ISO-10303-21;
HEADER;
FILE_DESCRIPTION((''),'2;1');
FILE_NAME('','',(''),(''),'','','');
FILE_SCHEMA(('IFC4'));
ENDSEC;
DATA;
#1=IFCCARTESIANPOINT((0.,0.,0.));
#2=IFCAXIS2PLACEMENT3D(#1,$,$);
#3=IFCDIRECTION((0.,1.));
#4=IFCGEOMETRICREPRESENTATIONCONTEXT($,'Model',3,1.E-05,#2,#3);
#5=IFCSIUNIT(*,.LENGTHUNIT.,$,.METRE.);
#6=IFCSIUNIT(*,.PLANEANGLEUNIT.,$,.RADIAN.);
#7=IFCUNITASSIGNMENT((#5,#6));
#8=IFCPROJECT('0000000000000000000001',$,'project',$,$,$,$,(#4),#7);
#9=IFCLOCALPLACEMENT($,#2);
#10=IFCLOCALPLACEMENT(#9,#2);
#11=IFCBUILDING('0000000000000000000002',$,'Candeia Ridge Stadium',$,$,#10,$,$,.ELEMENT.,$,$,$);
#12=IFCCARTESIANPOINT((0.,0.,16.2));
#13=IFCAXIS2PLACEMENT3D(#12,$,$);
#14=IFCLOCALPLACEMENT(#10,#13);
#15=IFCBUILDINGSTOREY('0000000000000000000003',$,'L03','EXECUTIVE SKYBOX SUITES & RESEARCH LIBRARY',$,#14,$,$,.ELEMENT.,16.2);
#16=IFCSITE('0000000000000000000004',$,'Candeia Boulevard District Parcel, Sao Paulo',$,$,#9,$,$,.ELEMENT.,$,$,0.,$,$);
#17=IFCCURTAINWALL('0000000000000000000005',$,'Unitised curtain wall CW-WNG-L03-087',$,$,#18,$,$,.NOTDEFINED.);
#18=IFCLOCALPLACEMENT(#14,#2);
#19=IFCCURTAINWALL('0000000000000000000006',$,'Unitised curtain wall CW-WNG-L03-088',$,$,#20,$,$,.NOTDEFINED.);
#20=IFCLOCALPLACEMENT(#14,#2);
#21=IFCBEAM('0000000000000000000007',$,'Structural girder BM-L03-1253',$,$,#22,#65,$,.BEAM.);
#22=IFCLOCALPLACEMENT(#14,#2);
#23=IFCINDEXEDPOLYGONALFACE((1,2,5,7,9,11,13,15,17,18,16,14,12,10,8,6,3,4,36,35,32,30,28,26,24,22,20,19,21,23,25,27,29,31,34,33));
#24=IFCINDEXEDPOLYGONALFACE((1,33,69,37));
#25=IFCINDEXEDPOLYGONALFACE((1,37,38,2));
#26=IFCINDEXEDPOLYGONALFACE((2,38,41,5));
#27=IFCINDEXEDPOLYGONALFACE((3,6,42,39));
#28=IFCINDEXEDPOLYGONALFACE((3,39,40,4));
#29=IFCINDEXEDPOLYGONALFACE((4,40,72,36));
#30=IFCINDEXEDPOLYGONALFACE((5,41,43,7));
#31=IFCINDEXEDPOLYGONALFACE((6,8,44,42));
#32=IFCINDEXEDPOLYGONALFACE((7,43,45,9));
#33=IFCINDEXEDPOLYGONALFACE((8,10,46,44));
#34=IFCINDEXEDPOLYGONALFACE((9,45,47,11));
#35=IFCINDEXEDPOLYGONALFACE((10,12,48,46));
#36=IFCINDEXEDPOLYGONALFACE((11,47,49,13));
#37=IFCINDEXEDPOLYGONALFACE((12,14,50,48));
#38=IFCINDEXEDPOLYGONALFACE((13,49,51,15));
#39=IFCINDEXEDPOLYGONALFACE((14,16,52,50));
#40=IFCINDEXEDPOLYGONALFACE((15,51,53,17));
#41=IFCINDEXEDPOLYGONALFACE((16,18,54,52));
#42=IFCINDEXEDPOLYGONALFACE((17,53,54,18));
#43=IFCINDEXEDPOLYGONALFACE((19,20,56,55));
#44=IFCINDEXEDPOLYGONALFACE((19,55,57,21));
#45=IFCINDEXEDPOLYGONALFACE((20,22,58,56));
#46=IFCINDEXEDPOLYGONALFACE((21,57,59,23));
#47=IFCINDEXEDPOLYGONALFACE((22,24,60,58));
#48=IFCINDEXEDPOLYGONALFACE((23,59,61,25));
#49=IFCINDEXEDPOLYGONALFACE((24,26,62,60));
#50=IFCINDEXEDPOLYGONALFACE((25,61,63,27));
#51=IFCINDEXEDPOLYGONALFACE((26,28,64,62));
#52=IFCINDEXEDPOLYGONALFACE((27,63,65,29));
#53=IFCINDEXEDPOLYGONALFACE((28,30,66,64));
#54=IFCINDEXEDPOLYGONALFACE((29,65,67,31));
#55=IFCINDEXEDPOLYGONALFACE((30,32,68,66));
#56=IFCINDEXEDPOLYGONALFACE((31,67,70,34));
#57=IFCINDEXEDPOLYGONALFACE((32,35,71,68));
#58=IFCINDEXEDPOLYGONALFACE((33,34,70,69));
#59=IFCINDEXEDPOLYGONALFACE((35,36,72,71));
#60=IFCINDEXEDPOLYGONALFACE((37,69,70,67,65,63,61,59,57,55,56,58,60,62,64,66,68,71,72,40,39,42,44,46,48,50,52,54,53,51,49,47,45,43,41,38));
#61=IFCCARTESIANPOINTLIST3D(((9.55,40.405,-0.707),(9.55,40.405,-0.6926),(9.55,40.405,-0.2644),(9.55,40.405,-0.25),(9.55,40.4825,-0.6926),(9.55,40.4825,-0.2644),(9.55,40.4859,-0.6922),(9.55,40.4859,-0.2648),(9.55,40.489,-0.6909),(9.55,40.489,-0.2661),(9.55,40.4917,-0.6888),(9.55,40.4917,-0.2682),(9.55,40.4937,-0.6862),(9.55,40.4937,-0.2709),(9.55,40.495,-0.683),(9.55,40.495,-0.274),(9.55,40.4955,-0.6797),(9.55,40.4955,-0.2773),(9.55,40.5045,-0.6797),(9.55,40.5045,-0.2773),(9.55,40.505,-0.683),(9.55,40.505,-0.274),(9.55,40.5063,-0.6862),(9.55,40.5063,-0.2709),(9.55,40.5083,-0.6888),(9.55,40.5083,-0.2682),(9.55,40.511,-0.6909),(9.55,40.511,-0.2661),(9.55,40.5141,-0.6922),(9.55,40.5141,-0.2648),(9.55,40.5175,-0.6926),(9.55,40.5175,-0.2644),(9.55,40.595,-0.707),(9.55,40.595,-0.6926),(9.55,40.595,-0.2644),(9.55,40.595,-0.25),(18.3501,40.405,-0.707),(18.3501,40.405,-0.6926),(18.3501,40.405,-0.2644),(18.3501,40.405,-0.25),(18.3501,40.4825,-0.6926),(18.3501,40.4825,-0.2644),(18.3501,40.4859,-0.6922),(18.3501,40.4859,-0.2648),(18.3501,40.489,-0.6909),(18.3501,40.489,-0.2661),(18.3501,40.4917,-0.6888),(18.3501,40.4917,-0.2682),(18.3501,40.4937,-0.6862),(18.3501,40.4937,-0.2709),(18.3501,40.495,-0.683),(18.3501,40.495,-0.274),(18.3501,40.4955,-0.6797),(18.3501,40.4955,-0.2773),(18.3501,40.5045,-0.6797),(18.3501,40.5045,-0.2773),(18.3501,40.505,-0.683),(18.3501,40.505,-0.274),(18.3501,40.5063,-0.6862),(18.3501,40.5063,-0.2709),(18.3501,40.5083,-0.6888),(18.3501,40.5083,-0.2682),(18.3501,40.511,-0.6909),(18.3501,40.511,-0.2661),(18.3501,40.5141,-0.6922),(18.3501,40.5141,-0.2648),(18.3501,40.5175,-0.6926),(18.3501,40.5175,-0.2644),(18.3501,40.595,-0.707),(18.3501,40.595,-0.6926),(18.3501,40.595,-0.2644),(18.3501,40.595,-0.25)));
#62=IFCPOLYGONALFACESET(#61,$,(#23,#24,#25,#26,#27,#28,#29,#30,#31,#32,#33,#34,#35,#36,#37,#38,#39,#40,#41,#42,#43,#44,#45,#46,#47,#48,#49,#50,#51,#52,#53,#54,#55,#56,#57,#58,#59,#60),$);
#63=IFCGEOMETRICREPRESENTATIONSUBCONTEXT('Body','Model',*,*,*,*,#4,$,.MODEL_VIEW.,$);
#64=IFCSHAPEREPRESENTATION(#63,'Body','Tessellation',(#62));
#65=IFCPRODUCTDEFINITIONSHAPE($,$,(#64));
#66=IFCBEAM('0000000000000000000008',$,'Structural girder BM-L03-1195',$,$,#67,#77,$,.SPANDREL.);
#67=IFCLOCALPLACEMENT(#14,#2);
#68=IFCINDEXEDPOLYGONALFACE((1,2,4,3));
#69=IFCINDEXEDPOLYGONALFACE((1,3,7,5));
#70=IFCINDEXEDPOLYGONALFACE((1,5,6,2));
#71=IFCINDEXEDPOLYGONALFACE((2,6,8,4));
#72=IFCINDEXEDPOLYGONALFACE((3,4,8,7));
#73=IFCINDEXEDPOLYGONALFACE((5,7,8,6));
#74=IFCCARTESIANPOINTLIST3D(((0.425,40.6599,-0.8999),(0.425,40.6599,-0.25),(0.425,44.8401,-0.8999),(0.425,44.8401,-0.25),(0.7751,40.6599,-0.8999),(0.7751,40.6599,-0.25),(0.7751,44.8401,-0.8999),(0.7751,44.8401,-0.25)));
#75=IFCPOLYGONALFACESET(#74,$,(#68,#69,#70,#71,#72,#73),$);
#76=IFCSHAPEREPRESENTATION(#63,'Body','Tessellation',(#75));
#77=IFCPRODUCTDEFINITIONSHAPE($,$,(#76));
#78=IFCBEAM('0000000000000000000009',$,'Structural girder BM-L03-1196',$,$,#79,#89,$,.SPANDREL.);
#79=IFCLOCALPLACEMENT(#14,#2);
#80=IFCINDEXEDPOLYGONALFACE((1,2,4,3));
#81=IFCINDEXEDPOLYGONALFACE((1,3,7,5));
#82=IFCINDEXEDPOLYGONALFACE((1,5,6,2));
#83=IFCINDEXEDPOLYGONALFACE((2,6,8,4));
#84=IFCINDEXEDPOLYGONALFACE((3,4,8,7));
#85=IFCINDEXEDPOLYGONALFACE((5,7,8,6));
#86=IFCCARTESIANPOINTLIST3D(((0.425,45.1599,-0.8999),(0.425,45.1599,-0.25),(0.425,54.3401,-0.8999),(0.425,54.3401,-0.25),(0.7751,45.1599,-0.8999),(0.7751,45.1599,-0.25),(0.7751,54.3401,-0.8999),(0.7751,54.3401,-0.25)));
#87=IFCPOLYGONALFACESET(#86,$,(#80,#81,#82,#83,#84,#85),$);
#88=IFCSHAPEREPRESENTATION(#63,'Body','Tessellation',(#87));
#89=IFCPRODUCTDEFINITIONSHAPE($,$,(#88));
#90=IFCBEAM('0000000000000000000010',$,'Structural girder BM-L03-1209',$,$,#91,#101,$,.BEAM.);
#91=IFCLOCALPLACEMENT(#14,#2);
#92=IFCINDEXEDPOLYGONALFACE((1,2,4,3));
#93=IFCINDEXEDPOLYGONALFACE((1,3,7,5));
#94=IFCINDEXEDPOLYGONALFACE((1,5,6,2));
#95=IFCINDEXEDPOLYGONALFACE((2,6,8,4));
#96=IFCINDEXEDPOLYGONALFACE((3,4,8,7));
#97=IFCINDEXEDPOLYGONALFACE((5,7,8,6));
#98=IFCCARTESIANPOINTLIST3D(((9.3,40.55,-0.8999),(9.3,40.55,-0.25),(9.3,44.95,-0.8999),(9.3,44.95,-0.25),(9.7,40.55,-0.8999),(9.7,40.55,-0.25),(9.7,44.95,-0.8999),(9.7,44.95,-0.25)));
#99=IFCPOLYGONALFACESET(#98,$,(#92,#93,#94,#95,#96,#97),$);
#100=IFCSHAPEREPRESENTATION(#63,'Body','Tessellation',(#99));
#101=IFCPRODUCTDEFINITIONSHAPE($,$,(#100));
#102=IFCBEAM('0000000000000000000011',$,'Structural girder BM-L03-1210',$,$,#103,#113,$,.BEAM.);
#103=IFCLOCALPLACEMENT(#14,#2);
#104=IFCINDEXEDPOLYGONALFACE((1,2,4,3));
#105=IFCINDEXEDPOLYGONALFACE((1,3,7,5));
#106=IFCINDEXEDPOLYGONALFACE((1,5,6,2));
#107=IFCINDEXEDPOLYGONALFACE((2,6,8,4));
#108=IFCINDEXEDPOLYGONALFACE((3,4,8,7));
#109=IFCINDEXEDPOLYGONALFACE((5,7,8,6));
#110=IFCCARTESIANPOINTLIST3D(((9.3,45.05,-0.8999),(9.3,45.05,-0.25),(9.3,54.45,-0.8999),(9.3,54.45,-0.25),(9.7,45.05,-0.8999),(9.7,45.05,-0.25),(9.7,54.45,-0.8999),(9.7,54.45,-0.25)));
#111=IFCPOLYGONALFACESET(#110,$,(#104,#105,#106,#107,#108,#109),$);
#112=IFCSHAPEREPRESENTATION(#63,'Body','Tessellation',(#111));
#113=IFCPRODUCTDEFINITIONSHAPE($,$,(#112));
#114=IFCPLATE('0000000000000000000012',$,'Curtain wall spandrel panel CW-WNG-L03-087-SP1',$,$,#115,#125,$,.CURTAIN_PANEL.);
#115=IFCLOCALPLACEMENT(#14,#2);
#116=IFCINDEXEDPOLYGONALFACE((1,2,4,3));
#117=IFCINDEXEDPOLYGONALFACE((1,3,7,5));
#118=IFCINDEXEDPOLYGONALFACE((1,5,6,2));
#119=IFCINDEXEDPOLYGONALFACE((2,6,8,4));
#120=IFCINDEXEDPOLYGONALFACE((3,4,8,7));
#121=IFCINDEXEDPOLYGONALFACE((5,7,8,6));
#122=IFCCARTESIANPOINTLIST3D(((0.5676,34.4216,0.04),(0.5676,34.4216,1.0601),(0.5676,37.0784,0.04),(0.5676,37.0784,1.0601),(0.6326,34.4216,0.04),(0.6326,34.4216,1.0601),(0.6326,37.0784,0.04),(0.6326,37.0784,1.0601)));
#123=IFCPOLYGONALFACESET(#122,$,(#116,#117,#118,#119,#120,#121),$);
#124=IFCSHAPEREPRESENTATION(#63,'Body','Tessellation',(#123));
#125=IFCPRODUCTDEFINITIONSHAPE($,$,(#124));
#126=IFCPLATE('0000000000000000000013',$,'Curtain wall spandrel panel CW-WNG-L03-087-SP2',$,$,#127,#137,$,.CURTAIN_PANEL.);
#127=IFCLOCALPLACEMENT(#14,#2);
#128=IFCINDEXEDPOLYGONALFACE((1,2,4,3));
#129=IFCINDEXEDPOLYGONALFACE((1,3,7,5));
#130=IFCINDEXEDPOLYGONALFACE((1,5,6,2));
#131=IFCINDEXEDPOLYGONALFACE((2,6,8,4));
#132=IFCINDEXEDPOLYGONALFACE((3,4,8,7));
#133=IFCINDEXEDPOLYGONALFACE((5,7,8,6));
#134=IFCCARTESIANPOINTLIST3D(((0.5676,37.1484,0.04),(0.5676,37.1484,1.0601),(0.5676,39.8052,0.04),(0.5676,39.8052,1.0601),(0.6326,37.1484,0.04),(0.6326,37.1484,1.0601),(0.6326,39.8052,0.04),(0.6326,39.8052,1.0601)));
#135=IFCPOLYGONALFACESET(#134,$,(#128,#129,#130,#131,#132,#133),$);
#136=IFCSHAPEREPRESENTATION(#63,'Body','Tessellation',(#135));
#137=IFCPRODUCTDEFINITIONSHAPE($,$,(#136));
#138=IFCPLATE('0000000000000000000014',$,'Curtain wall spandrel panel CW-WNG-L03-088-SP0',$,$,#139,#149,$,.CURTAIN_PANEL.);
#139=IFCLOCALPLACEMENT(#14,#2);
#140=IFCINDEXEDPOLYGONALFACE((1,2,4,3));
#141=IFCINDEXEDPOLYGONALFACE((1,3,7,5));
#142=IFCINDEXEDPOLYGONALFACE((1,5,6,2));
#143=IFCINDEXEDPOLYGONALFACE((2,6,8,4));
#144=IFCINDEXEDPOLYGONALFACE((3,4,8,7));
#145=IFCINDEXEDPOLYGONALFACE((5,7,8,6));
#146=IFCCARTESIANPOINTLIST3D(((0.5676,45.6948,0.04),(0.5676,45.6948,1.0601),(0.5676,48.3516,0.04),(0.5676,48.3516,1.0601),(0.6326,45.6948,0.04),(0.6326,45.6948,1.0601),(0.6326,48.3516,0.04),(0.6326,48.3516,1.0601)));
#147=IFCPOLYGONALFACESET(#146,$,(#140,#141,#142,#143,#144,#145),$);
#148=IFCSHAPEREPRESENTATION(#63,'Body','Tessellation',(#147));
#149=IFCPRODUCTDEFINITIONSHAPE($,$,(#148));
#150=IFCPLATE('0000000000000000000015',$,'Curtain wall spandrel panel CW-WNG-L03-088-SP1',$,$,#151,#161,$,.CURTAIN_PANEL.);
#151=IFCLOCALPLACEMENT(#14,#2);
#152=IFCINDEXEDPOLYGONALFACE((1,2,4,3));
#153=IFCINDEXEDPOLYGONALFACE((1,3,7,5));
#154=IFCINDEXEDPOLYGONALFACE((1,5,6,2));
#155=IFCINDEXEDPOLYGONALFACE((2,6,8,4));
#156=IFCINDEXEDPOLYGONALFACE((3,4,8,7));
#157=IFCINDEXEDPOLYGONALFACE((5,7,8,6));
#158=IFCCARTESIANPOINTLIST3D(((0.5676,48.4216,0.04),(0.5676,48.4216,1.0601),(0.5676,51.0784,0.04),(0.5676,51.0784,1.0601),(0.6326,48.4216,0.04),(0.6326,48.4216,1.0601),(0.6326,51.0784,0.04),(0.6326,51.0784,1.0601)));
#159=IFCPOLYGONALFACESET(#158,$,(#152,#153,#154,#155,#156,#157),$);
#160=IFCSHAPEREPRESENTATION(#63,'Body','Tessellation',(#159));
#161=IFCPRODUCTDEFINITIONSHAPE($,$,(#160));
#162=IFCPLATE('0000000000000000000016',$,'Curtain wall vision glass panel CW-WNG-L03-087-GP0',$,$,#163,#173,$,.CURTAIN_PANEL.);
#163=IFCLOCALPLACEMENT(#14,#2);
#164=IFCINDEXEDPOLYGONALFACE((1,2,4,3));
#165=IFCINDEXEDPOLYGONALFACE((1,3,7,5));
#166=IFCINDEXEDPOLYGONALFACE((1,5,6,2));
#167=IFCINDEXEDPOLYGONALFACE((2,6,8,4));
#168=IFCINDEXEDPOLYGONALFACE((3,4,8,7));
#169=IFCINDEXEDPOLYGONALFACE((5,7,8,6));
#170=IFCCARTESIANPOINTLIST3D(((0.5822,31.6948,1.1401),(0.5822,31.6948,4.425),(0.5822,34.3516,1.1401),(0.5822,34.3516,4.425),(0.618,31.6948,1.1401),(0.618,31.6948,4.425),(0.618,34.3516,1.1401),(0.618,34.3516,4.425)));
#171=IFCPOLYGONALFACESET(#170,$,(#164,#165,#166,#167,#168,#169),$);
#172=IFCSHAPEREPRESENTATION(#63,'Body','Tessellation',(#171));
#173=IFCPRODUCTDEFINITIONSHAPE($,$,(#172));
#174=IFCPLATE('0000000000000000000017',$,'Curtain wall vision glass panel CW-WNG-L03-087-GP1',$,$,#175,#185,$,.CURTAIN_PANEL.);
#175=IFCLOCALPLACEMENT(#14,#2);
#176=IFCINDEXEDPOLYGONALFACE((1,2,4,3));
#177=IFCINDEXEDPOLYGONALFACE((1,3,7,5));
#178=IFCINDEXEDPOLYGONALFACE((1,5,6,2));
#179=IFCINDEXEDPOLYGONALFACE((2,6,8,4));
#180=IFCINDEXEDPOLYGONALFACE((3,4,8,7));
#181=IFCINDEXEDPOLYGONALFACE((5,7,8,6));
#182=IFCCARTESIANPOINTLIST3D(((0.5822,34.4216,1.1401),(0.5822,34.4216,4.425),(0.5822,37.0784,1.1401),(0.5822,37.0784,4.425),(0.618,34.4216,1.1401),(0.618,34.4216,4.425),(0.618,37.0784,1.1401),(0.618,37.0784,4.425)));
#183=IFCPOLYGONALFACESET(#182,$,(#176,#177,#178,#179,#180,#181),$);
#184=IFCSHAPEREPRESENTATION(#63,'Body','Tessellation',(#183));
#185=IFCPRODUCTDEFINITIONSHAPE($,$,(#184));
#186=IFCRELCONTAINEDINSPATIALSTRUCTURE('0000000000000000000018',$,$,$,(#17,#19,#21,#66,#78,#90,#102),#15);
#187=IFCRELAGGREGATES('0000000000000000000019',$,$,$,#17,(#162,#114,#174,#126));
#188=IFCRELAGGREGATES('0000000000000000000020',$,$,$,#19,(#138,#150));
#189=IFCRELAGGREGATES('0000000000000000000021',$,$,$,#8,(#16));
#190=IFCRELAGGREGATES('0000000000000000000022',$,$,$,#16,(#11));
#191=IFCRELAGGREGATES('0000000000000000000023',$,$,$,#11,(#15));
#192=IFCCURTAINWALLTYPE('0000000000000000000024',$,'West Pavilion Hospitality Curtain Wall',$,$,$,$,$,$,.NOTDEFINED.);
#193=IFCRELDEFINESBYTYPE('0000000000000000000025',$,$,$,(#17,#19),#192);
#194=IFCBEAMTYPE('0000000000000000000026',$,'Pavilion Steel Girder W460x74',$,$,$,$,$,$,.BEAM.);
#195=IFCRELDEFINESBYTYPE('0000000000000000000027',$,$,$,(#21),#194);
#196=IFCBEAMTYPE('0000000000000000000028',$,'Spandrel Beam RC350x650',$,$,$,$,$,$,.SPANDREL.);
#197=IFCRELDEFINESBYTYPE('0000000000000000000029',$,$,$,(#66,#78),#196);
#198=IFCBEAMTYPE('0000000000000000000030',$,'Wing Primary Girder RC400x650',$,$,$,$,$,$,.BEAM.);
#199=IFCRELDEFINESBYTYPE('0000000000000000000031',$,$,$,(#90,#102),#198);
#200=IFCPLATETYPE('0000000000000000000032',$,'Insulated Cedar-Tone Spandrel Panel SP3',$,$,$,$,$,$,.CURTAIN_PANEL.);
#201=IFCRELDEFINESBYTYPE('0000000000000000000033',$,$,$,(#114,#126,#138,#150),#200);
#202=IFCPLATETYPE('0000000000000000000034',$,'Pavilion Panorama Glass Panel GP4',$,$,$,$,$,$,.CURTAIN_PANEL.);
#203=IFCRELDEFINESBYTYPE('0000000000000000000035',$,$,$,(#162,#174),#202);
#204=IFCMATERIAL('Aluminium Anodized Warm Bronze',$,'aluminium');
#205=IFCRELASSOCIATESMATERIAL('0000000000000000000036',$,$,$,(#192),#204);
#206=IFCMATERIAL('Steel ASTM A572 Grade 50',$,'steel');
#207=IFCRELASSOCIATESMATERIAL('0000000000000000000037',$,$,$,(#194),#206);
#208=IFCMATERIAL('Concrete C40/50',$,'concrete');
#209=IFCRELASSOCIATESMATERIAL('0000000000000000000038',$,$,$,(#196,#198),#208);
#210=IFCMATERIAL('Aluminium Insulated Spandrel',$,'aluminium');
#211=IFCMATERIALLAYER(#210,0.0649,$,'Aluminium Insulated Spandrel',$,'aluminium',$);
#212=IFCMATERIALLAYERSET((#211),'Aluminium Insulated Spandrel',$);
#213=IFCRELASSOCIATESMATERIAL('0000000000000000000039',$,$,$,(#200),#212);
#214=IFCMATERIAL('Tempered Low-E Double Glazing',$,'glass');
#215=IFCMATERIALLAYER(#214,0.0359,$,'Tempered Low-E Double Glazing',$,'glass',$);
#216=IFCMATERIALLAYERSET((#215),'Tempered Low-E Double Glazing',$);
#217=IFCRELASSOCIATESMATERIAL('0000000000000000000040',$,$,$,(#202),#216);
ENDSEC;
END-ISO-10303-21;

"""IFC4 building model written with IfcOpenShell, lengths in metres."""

from ifc_helpers import new_model, si_unit, direction, frame, origin, origin_2d, place, context, subcontext, project, spatial, rectangle, i_section, extrude, material, layer, layer_set, material_profile, profile_set, type_object, element, aggregate, save


model = new_model("IFC4")

# Units and contexts
model_context = context("Model", 3, precision=1e-05, world=origin(), true_north=direction((0.0, 1.0)))
body_context = subcontext(model_context, "Body", "Model", "MODEL_VIEW")
ifc_project = project(units=[si_unit("LENGTHUNIT", "METRE"), si_unit("PLANEANGLEUNIT", "RADIAN")], contexts=[model_context])

# Site, building, storey
site_placement = place(None, origin())
site = spatial("IfcSite", under=ifc_project, at=site_placement, Name="Candeia Boulevard District Parcel, Sao Paulo", CompositionType="ELEMENT", RefElevation=0.0)
building_placement = place(site_placement, origin())
building = spatial("IfcBuilding", under=site, at=building_placement, Name="Candeia Ridge Stadium", CompositionType="ELEMENT")
storey_placement = place(building_placement, frame((0.0, 0.0, 16.2)))
storey = spatial("IfcBuildingStorey", under=building, at=storey_placement, Name="L03", Description="EXECUTIVE SKYBOX SUITES & RESEARCH LIBRARY", CompositionType="ELEMENT", Elevation=16.2)

# Shared definitions
ifc_material_1 = material(Name="Concrete C40/50", Category="concrete")

# Curtain walls
ifc_material_2 = material(Name="Aluminium Anodized Warm Bronze", Category="aluminium")
curtain_wall_type = type_object("IfcCurtainWallType", Name="West Pavilion Hospitality Curtain Wall", PredefinedType="NOTDEFINED", material=ifc_material_2)
curtain_wall_1_placement = place(storey_placement, origin())
curtain_wall_1 = element("IfcCurtainWall", 1, at=curtain_wall_1_placement, inside=storey, type_object=curtain_wall_type, Name="Unitised curtain wall CW-WNG-L03-087", PredefinedType="NOTDEFINED")
curtain_wall_2_placement = place(storey_placement, origin())
curtain_wall_2 = element("IfcCurtainWall", 2, at=curtain_wall_2_placement, inside=storey, type_object=curtain_wall_type, Name="Unitised curtain wall CW-WNG-L03-088", PredefinedType="NOTDEFINED")

# Beams
ifc_material_3 = material(Name="Steel ASTM A572 Grade 50", Category="steel")
ifc_material_profile_1 = material_profile(ifc_material_3, i_section(OverallWidth=0.1899, OverallDepth=0.457, WebThickness=0.009, FlangeThickness=0.0144, FilletRadius=0.0129, at=origin_2d()), Name="W460x74", Category="steel")
ifc_profile_set_1 = profile_set([ifc_material_profile_1], Name="Steel ASTM A572 Grade 50")
beam_type_1 = type_object("IfcBeamType", Name="Pavilion Steel Girder W460x74", PredefinedType="BEAM", material=ifc_profile_set_1)
for number, where, z_axis, x_axis, name in (
    (3, (9.55, 40.5, -0.4785), (1.0, 0.0, 0.0), (0.0, 1.0, 0.0), "Structural girder BM-L03-1253"),
):
    element("IfcBeam", number, at=place(storey_placement, frame(where, z_axis=z_axis, x_axis=x_axis)), inside=storey, type_object=beam_type_1, Name=name, PredefinedType="BEAM", context=body_context, shape_type="SweptSolid", body=[
        extrude(i_section(OverallWidth=0.1899, OverallDepth=0.457, WebThickness=0.009, FlangeThickness=0.0144, FilletRadius=0.0129, at=origin_2d()), origin(), (0.0, 0.0, 1.0), 8.8),
    ])
ifc_material_profile_2 = material_profile(ifc_material_1, rectangle(XDim=0.3501, YDim=0.6499, at=origin_2d()), Name="RC350x650", Category="concrete")
ifc_profile_set_2 = profile_set([ifc_material_profile_2], Name="Concrete C40/50")
beam_type_2 = type_object("IfcBeamType", Name="Spandrel Beam RC350x650", PredefinedType="SPANDREL", material=ifc_profile_set_2)
beam_1_placement = place(storey_placement, frame((0.6001, 40.6599, -0.575), z_axis=(0.0, 1.0, 0.0), x_axis=(-1.0, 0.0, 0.0)))
element("IfcBeam", 4, at=beam_1_placement, inside=storey, type_object=beam_type_2, Name="Structural girder BM-L03-1195", PredefinedType="SPANDREL", context=body_context, shape_type="SweptSolid", body=[
    extrude(rectangle(XDim=0.3501, YDim=0.6499, at=origin_2d()), origin(), (0.0, 0.0, 1.0), 4.1802),
])
beam_2_placement = place(storey_placement, frame((0.6001, 45.1599, -0.575), z_axis=(0.0, 1.0, 0.0), x_axis=(-1.0, 0.0, 0.0)))
element("IfcBeam", 5, at=beam_2_placement, inside=storey, type_object=beam_type_2, Name="Structural girder BM-L03-1196", PredefinedType="SPANDREL", context=body_context, shape_type="SweptSolid", body=[
    extrude(rectangle(XDim=0.3501, YDim=0.6499, at=origin_2d()), origin(), (0.0, 0.0, 1.0), 9.1802),
])
ifc_material_profile_3 = material_profile(ifc_material_1, rectangle(XDim=0.3999, YDim=0.6499, at=origin_2d()), Name="RC400x650", Category="concrete")
ifc_profile_set_3 = profile_set([ifc_material_profile_3], Name="Concrete C40/50")
beam_type_3 = type_object("IfcBeamType", Name="Wing Primary Girder RC400x650", PredefinedType="BEAM", material=ifc_profile_set_3)
beam_3_placement = place(storey_placement, frame((9.5, 40.55, -0.575), z_axis=(0.0, 1.0, 0.0), x_axis=(-1.0, 0.0, 0.0)))
element("IfcBeam", 6, at=beam_3_placement, inside=storey, type_object=beam_type_3, Name="Structural girder BM-L03-1209", PredefinedType="BEAM", context=body_context, shape_type="SweptSolid", body=[
    extrude(rectangle(XDim=0.3999, YDim=0.6499, at=origin_2d()), origin(), (0.0, 0.0, 1.0), 4.3999),
])
beam_4_placement = place(storey_placement, frame((9.5, 45.05, -0.575), z_axis=(0.0, 1.0, 0.0), x_axis=(-1.0, 0.0, 0.0)))
element("IfcBeam", 7, at=beam_4_placement, inside=storey, type_object=beam_type_3, Name="Structural girder BM-L03-1210", PredefinedType="BEAM", context=body_context, shape_type="SweptSolid", body=[
    extrude(rectangle(XDim=0.3999, YDim=0.6499, at=origin_2d()), origin(), (0.0, 0.0, 1.0), 9.3999),
])

# Plates
ifc_material_4 = material(Name="Aluminium Insulated Spandrel", Category="aluminium")
ifc_layer_1 = layer(ifc_material_4, 0.0649, Name="Aluminium Insulated Spandrel", Category="aluminium")
ifc_layer_set_1 = layer_set([ifc_layer_1], Name="Aluminium Insulated Spandrel")
plate_type_1 = type_object("IfcPlateType", Name="Insulated Cedar-Tone Spandrel Panel SP3", PredefinedType="CURTAIN_PANEL", material=ifc_layer_set_1)
plate_1_placement = place(storey_placement, frame((0.6001, 35.75, 0.04), z_axis=(0.0, 0.0, 1.0), x_axis=(0.0, 1.0, 0.0)))
plate_1 = element("IfcPlate", 8, at=plate_1_placement, type_object=plate_type_1, Name="Curtain wall spandrel panel CW-WNG-L03-087-SP1", PredefinedType="CURTAIN_PANEL", context=body_context, shape_type="SweptSolid", body=[
    extrude(rectangle(XDim=2.6567, YDim=0.0649, at=origin_2d()), origin(), (0.0, 0.0, 1.0), 1.02),
])
plate_2_placement = place(storey_placement, frame((0.6001, 38.4768, 0.04), z_axis=(0.0, 0.0, 1.0), x_axis=(0.0, 1.0, 0.0)))
plate_2 = element("IfcPlate", 9, at=plate_2_placement, type_object=plate_type_1, Name="Curtain wall spandrel panel CW-WNG-L03-087-SP2", PredefinedType="CURTAIN_PANEL", context=body_context, shape_type="SweptSolid", body=[
    extrude(rectangle(XDim=2.6567, YDim=0.0649, at=origin_2d()), origin(), (0.0, 0.0, 1.0), 1.02),
])
plate_3_placement = place(storey_placement, frame((0.6001, 47.0232, 0.04), z_axis=(0.0, 0.0, 1.0), x_axis=(0.0, 1.0, 0.0)))
plate_3 = element("IfcPlate", 10, at=plate_3_placement, type_object=plate_type_1, Name="Curtain wall spandrel panel CW-WNG-L03-088-SP0", PredefinedType="CURTAIN_PANEL", context=body_context, shape_type="SweptSolid", body=[
    extrude(rectangle(XDim=2.6567, YDim=0.0649, at=origin_2d()), origin(), (0.0, 0.0, 1.0), 1.02),
])
plate_4_placement = place(storey_placement, frame((0.6001, 49.75, 0.04), z_axis=(0.0, 0.0, 1.0), x_axis=(0.0, 1.0, 0.0)))
plate_4 = element("IfcPlate", 11, at=plate_4_placement, type_object=plate_type_1, Name="Curtain wall spandrel panel CW-WNG-L03-088-SP1", PredefinedType="CURTAIN_PANEL", context=body_context, shape_type="SweptSolid", body=[
    extrude(rectangle(XDim=2.6567, YDim=0.0649, at=origin_2d()), origin(), (0.0, 0.0, 1.0), 1.02),
])
ifc_material_5 = material(Name="Tempered Low-E Double Glazing", Category="glass")
ifc_layer_2 = layer(ifc_material_5, 0.0359, Name="Tempered Low-E Double Glazing", Category="glass")
ifc_layer_set_2 = layer_set([ifc_layer_2], Name="Tempered Low-E Double Glazing")
plate_type_2 = type_object("IfcPlateType", Name="Pavilion Panorama Glass Panel GP4", PredefinedType="CURTAIN_PANEL", material=ifc_layer_set_2)
plate_5_placement = place(storey_placement, frame((0.6001, 33.0232, 1.1401), z_axis=(0.0, 0.0, 1.0), x_axis=(0.0, 1.0, 0.0)))
plate_5 = element("IfcPlate", 12, at=plate_5_placement, type_object=plate_type_2, Name="Curtain wall vision glass panel CW-WNG-L03-087-GP0", PredefinedType="CURTAIN_PANEL", context=body_context, shape_type="SweptSolid", body=[
    extrude(rectangle(XDim=2.6567, YDim=0.0359, at=origin_2d()), origin(), (0.0, 0.0, 1.0), 3.2849),
])
plate_6_placement = place(storey_placement, frame((0.6001, 35.75, 1.1401), z_axis=(0.0, 0.0, 1.0), x_axis=(0.0, 1.0, 0.0)))
plate_6 = element("IfcPlate", 13, at=plate_6_placement, type_object=plate_type_2, Name="Curtain wall vision glass panel CW-WNG-L03-087-GP1", PredefinedType="CURTAIN_PANEL", context=body_context, shape_type="SweptSolid", body=[
    extrude(rectangle(XDim=2.6567, YDim=0.0359, at=origin_2d()), origin(), (0.0, 0.0, 1.0), 3.2849),
])
aggregate(curtain_wall_1, [plate_5, plate_1, plate_6, plate_2])
aggregate(curtain_wall_2, [plate_3, plate_4])

save(model, "model.ifc")
